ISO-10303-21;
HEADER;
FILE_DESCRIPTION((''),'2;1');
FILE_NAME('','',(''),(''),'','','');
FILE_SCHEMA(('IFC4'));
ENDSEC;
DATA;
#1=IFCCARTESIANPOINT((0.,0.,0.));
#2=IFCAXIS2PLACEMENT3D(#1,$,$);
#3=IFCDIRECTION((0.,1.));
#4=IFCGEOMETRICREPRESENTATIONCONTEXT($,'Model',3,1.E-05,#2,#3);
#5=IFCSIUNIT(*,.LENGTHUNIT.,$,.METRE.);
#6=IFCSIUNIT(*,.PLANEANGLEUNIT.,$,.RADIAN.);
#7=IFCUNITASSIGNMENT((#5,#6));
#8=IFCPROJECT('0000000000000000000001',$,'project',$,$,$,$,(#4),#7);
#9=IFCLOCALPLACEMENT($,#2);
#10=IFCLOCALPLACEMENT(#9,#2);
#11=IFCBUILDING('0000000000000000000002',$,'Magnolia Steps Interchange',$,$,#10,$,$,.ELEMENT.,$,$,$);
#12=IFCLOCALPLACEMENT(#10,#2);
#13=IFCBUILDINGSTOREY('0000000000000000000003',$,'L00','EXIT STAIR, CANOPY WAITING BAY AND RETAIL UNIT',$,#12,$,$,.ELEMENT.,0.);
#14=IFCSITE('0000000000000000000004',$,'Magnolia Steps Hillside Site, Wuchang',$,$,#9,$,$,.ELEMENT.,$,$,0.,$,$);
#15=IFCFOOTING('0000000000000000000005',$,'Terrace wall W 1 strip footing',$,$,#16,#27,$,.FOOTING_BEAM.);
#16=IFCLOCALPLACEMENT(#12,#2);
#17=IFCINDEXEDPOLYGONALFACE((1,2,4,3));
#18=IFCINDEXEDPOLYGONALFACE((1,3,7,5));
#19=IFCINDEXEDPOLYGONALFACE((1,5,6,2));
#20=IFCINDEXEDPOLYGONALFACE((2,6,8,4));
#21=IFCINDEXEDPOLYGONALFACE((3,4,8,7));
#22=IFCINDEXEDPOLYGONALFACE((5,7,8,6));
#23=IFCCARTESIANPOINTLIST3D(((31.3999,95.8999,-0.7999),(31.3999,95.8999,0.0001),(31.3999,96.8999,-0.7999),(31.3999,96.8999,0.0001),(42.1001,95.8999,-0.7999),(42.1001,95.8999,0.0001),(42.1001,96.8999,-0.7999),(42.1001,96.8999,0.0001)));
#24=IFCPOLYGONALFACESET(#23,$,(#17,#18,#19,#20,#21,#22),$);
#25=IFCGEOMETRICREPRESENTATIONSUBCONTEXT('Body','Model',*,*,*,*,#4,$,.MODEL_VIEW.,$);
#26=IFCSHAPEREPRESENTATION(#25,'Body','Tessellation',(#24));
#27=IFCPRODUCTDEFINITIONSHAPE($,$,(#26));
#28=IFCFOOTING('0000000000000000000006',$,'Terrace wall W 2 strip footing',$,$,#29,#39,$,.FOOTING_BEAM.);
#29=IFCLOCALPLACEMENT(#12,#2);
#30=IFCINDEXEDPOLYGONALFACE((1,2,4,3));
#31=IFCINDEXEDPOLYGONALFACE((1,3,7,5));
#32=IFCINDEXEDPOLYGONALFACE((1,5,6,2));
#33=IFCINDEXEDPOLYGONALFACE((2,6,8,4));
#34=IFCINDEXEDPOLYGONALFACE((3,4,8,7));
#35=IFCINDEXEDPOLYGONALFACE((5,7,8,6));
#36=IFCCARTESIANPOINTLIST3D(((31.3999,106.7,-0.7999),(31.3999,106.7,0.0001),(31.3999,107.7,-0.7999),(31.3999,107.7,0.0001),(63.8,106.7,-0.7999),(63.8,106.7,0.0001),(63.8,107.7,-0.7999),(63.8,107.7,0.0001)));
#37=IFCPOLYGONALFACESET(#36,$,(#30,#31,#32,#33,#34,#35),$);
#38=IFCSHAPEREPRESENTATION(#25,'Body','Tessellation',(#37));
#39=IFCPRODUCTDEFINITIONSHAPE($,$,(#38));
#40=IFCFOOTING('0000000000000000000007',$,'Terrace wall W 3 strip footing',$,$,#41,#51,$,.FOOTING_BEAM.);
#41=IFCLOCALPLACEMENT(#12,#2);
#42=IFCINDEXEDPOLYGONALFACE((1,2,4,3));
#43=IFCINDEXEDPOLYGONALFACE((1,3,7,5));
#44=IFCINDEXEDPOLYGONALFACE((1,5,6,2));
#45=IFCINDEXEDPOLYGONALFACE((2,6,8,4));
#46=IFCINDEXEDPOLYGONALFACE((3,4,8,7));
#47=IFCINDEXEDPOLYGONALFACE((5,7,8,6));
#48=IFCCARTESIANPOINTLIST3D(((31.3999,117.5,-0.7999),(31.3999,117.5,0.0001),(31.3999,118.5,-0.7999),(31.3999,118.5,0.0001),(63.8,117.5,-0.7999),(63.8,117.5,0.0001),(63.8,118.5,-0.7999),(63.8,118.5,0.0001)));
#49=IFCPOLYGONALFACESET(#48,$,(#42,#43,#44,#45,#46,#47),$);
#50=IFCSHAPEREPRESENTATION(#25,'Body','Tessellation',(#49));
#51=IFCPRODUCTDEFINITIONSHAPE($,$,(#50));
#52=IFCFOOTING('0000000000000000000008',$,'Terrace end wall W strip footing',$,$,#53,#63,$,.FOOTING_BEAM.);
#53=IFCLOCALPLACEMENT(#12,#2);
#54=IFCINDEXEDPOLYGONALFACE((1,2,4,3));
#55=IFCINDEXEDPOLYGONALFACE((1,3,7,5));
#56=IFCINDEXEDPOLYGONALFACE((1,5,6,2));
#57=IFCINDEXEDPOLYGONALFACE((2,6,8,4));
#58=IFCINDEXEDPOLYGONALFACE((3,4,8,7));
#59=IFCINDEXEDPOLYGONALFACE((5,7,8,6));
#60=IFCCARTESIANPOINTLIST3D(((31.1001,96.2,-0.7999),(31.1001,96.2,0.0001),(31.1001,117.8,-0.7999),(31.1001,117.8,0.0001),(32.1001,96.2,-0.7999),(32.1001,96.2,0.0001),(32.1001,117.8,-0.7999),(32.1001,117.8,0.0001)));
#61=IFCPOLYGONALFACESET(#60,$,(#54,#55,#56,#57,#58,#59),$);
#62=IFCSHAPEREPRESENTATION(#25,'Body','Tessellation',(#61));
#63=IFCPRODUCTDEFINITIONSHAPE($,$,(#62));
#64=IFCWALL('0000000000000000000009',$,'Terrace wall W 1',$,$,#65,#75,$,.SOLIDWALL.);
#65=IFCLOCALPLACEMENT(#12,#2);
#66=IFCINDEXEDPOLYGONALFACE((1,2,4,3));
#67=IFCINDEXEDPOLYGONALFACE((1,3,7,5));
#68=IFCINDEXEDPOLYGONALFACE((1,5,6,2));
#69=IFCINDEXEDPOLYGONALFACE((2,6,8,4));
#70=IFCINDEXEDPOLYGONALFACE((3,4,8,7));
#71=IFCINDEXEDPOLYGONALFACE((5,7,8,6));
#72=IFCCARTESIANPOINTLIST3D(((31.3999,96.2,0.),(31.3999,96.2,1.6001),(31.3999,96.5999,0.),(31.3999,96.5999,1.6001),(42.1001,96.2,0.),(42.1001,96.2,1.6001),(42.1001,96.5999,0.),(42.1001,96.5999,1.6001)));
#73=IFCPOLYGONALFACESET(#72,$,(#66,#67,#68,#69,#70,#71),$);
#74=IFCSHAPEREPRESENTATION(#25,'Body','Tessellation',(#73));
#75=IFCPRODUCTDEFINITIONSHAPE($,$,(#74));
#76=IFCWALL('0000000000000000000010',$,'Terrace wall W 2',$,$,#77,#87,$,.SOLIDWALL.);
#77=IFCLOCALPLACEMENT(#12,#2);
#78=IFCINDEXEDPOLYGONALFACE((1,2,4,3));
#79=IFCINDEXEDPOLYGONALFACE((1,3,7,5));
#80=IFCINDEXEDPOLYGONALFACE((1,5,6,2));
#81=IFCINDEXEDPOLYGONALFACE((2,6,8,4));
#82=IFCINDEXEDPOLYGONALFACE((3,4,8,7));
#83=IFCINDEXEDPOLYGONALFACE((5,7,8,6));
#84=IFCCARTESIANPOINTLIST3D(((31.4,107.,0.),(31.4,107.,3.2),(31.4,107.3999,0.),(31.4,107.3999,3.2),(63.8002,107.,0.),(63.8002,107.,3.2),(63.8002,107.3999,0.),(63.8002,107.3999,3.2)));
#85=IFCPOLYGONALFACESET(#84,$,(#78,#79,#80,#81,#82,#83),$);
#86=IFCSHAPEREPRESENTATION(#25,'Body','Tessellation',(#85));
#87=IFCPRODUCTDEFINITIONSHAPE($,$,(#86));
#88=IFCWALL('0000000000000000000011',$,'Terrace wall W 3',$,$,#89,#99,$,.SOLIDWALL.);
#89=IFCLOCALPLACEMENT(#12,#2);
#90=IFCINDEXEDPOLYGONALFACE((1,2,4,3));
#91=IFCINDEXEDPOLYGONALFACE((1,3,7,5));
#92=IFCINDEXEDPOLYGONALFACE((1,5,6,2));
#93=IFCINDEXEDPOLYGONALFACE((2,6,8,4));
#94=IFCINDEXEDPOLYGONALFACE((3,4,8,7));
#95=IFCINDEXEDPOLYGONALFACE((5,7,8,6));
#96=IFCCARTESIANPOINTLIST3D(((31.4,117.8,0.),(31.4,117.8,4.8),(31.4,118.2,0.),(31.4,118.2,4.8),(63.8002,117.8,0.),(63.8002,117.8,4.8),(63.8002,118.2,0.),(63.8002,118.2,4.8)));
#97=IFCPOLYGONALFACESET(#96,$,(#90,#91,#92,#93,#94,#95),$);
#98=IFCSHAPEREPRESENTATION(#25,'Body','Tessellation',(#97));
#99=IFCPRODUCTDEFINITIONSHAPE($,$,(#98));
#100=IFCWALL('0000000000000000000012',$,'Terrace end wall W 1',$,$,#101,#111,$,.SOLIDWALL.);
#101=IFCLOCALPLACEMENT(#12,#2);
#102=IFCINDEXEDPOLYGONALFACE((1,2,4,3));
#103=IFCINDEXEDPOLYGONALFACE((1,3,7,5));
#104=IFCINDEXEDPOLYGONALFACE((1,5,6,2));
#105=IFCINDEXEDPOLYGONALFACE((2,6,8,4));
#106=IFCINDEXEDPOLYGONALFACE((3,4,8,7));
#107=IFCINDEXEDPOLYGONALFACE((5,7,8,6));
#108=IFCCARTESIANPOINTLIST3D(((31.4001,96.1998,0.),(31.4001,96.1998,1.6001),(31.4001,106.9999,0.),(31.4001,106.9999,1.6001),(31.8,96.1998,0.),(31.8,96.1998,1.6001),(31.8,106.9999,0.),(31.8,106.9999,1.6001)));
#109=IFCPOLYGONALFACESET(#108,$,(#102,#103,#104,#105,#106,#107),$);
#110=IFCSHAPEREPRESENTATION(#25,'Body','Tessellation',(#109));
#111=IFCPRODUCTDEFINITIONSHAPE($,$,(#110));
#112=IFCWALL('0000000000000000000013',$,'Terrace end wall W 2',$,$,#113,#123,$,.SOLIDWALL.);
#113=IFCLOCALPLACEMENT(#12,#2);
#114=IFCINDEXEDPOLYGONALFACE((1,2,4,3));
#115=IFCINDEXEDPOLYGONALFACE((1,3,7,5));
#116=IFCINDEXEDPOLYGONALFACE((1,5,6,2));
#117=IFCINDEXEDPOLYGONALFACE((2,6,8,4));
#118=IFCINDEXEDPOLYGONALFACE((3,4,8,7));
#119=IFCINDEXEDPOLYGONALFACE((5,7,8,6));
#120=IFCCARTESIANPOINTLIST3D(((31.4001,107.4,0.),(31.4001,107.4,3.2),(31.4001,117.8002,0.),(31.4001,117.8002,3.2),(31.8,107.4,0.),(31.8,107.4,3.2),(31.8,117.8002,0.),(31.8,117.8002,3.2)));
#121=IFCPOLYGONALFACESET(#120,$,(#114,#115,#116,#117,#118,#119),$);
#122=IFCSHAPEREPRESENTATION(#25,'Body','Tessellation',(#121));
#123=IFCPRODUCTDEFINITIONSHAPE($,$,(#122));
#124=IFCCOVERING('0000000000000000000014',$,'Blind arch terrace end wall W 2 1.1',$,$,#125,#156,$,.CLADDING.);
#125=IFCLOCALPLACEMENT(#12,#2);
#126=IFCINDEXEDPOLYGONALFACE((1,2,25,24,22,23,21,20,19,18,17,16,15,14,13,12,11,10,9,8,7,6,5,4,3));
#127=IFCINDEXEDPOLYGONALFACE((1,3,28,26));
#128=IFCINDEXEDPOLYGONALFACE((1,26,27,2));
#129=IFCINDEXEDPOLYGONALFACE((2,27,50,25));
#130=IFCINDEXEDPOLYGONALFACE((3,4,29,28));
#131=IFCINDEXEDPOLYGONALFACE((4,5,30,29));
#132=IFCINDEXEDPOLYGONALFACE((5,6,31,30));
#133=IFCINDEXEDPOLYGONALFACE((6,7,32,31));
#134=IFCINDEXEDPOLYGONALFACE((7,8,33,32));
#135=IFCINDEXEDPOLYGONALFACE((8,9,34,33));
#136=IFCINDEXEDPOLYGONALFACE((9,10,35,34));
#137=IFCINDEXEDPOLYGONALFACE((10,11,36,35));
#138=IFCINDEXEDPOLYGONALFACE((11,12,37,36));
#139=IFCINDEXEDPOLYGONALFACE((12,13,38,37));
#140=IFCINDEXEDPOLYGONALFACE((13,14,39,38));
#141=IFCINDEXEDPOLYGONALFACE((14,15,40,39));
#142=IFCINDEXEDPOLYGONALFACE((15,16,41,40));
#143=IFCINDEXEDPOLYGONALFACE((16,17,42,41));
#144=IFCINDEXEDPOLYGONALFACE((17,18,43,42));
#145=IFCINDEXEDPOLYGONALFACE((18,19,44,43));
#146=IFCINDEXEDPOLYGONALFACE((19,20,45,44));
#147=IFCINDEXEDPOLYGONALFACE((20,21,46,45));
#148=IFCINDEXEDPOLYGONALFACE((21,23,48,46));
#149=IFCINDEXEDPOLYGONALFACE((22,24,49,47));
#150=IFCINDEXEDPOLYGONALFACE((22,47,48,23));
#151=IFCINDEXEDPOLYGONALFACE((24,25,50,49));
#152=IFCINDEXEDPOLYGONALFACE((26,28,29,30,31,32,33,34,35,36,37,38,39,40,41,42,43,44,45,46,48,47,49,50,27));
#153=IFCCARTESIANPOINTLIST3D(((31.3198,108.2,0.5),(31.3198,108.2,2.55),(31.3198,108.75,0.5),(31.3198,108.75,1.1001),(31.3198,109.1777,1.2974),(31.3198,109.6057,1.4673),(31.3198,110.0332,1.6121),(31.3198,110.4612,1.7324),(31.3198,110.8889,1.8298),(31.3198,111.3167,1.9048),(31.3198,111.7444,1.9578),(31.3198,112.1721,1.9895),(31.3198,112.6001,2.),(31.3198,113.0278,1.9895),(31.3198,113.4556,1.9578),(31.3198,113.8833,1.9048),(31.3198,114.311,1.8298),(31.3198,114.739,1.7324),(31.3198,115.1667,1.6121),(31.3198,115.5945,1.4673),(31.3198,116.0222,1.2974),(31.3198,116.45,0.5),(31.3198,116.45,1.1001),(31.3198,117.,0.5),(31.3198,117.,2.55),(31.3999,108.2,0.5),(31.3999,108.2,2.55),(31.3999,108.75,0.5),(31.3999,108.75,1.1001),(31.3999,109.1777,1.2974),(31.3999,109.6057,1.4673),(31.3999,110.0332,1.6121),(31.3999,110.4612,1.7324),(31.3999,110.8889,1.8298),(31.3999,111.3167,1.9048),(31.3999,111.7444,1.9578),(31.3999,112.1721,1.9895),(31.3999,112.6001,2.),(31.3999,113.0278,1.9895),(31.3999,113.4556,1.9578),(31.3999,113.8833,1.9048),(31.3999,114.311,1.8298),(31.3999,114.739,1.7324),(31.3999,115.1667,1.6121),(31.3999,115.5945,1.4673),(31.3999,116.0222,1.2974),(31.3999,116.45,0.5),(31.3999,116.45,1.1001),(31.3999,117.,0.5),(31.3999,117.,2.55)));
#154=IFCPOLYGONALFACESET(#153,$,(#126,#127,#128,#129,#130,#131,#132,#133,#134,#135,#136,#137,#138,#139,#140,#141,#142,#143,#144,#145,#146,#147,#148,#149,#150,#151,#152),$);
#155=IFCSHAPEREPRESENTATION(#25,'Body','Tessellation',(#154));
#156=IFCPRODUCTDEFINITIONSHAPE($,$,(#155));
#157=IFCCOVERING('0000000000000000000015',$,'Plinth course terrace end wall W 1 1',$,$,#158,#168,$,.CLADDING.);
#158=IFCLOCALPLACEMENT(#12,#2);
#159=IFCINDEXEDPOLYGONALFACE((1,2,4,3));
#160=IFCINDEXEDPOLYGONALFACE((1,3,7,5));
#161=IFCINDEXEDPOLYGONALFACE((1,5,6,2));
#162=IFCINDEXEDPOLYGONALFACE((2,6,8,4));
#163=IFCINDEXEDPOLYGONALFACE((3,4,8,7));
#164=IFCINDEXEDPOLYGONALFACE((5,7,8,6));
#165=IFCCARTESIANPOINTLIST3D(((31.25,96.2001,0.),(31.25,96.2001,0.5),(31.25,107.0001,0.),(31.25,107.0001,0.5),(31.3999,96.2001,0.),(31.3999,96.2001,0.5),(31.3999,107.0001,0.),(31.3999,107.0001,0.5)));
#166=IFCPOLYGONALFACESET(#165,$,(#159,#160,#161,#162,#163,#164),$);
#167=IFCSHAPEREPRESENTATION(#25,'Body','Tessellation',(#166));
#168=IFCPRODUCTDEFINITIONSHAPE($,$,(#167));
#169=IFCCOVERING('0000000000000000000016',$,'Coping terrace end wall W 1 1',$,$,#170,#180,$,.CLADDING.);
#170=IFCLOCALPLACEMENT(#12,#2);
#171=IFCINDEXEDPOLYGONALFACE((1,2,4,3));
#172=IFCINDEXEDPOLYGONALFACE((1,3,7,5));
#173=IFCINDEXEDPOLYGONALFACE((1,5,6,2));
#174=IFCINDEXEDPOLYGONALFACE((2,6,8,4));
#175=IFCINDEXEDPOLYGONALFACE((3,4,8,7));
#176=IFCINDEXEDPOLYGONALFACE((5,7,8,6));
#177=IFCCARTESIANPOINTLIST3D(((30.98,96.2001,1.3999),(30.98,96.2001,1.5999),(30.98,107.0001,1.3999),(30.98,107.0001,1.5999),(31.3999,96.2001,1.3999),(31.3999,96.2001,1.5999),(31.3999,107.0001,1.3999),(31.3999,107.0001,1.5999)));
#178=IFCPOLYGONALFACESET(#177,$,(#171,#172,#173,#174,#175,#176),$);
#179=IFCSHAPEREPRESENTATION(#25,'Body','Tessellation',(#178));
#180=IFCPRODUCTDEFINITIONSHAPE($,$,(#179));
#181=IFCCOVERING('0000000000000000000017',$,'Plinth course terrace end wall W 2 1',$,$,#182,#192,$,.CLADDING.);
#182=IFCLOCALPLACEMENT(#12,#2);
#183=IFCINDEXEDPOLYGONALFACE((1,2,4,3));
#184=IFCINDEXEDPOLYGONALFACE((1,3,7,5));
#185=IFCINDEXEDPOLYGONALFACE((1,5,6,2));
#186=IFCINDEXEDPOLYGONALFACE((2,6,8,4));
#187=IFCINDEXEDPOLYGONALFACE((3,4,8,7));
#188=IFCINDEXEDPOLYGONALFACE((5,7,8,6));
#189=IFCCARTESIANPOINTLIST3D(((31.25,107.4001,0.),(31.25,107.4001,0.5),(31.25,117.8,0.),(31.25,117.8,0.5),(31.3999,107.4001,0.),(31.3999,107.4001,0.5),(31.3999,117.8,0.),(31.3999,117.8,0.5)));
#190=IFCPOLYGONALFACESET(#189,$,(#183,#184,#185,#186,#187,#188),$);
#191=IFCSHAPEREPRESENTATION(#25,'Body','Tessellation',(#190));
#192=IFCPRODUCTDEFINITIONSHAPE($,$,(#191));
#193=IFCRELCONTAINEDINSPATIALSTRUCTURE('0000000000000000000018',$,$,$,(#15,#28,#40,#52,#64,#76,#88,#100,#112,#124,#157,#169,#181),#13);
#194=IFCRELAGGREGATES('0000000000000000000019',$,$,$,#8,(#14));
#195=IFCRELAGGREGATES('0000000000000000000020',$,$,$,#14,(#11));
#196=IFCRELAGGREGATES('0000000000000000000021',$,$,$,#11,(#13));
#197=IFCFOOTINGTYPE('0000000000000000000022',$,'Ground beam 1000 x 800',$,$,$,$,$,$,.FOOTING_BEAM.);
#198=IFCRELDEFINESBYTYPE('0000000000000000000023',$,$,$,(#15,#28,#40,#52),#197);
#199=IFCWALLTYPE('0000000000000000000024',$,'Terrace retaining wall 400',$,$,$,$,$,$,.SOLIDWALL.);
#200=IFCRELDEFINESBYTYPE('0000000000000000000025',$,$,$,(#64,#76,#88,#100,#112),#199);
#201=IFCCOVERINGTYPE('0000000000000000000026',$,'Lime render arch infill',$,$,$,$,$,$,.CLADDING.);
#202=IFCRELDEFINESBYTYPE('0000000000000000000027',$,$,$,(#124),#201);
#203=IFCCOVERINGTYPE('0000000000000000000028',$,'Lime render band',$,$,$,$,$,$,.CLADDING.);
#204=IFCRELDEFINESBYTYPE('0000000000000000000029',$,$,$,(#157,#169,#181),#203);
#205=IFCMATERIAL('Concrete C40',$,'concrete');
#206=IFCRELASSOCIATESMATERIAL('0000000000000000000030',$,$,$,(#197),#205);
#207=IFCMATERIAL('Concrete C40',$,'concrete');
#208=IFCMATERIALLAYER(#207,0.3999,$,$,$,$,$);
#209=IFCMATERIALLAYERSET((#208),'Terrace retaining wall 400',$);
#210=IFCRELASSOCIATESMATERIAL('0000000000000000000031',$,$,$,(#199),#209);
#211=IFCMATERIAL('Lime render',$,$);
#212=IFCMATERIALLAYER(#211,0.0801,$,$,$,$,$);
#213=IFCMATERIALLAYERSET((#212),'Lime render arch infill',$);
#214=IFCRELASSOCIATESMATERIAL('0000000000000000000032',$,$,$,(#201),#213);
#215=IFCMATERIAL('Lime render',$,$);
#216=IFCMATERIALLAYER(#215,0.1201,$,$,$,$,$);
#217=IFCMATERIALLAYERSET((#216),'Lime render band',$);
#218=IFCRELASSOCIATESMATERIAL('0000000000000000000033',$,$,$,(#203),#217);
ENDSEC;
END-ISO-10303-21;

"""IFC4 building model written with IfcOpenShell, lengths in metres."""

from ifc_helpers import new_model, si_unit, direction, frame, frame_2d, origin, origin_2d, place, context, subcontext, project, spatial, polyline, rectangle, outline, extrude, material, layer, layer_set, material_profile, profile_set, type_object, element, save


model = new_model("IFC4")

# Units and contexts
model_context = context("Model", 3, precision=1e-05, world=origin(), true_north=direction((0.0, 1.0)))
body_context = subcontext(model_context, "Body", "Model", "MODEL_VIEW")
ifc_project = project(units=[si_unit("LENGTHUNIT", "METRE"), si_unit("PLANEANGLEUNIT", "RADIAN")], contexts=[model_context])

# Site, building, storey
site_placement = place(None, origin())
site = spatial("IfcSite", under=ifc_project, at=site_placement, Name="Magnolia Steps Hillside Site, Wuchang", CompositionType="ELEMENT", RefElevation=0.0)
building_placement = place(site_placement, origin())
building = spatial("IfcBuilding", under=site, at=building_placement, Name="Magnolia Steps Interchange", CompositionType="ELEMENT")
storey_placement = place(building_placement, origin())
storey = spatial("IfcBuildingStorey", under=building, at=storey_placement, Name="L00", Description="EXIT STAIR, CANOPY WAITING BAY AND RETAIL UNIT", CompositionType="ELEMENT", Elevation=0.0)

# Footings
ifc_material_1 = material(Name="Concrete C40", Category="concrete")
ifc_material_profile = material_profile(ifc_material_1, rectangle(XDim=1.0, YDim=0.8, at=origin_2d()), Name="RC1000x800")
ifc_profile_set = profile_set([ifc_material_profile], Name="Concrete C40")
footing_type = type_object("IfcFootingType", Name="Ground beam 1000 x 800", PredefinedType="FOOTING_BEAM", material=ifc_profile_set)
footing_1_placement = place(storey_placement, frame((31.3999, 96.3999, -0.3999), z_axis=(1.0, 0.0, 0.0), x_axis=(0.0, 1.0, 0.0)))
element("IfcFooting", 1, at=footing_1_placement, inside=storey, type_object=footing_type, Name="Terrace wall W 1 strip footing", PredefinedType="FOOTING_BEAM", context=body_context, shape_type="SweptSolid", body=[
    extrude(rectangle(XDim=1.0, YDim=0.8, at=origin_2d()), origin(), (0.0, 0.0, 1.0), 10.7002),
])
for number, where, z_axis, x_axis, name in (
    (2, (31.3999, 107.2, -0.3999), (1.0, 0.0, 0.0), (0.0, 1.0, 0.0), "Terrace wall W 2 strip footing"),
    (3, (31.3999, 118.0, -0.3999), (1.0, 0.0, 0.0), (0.0, 1.0, 0.0), "Terrace wall W 3 strip footing"),
):
    element("IfcFooting", number, at=place(storey_placement, frame(where, z_axis=z_axis, x_axis=x_axis)), inside=storey, type_object=footing_type, Name=name, PredefinedType="FOOTING_BEAM", context=body_context, shape_type="SweptSolid", body=[
        extrude(rectangle(XDim=1.0, YDim=0.8, at=origin_2d()), origin(), (0.0, 0.0, 1.0), 32.4001),
    ])
footing_2_placement = place(storey_placement, frame((31.6001, 96.2, -0.3999), z_axis=(0.0, 1.0, 0.0), x_axis=(-1.0, 0.0, 0.0)))
element("IfcFooting", 4, at=footing_2_placement, inside=storey, type_object=footing_type, Name="Terrace end wall W strip footing", PredefinedType="FOOTING_BEAM", context=body_context, shape_type="SweptSolid", body=[
    extrude(rectangle(XDim=1.0, YDim=0.8, at=origin_2d()), origin(), (0.0, 0.0, 1.0), 21.6001),
])

# Walls
ifc_material_2 = material(Name="Concrete C40", Category="concrete")
ifc_layer_1 = layer(ifc_material_2, 0.3999)
ifc_layer_set_1 = layer_set([ifc_layer_1], Name="Terrace retaining wall 400")
wall_type = type_object("IfcWallType", Name="Terrace retaining wall 400", PredefinedType="SOLIDWALL", material=ifc_layer_set_1)
wall_1_placement = place(storey_placement, frame((31.3999, 96.3999, 0.0), z_axis=(0.0, 0.0, 1.0), x_axis=(1.0, 0.0, 0.0)))
element("IfcWall", 5, at=wall_1_placement, inside=storey, type_object=wall_type, Name="Terrace wall W 1", PredefinedType="SOLIDWALL", context=body_context, shape_type="SweptSolid", body=[
    extrude(rectangle(XDim=10.7002, YDim=0.3999, at=frame_2d((5.3501, 0.0))), origin(), (0.0, 0.0, 1.0), 1.6001),
])
wall_2_placement = place(storey_placement, frame((31.3999, 107.2, 0.0), z_axis=(0.0, 0.0, 1.0), x_axis=(1.0, 0.0, 0.0)))
element("IfcWall", 6, at=wall_2_placement, inside=storey, type_object=wall_type, Name="Terrace wall W 2", PredefinedType="SOLIDWALL", context=body_context, shape_type="SweptSolid", body=[
    extrude(rectangle(XDim=32.4001, YDim=0.3999, at=frame_2d((16.2002, 0.0))), origin(), (0.0, 0.0, 1.0), 3.2),
])
wall_3_placement = place(storey_placement, frame((31.3999, 118.0, 0.0), z_axis=(0.0, 0.0, 1.0), x_axis=(1.0, 0.0, 0.0)))
element("IfcWall", 7, at=wall_3_placement, inside=storey, type_object=wall_type, Name="Terrace wall W 3", PredefinedType="SOLIDWALL", context=body_context, shape_type="SweptSolid", body=[
    extrude(rectangle(XDim=32.4001, YDim=0.3999, at=frame_2d((16.2002, 0.0))), origin(), (0.0, 0.0, 1.0), 4.8),
])
wall_4_placement = place(storey_placement, frame((31.6001, 96.2, 0.0), z_axis=(0.0, 0.0, 1.0), x_axis=(0.0, 1.0, 0.0)))
element("IfcWall", 8, at=wall_4_placement, inside=storey, type_object=wall_type, Name="Terrace end wall W 1", PredefinedType="SOLIDWALL", context=body_context, shape_type="SweptSolid", body=[
    extrude(rectangle(XDim=10.8, YDim=0.3999, at=frame_2d((5.3999, 0.0))), origin(), (0.0, 0.0, 1.0), 1.6001),
])
wall_5_placement = place(storey_placement, frame((31.6001, 107.3999, 0.0), z_axis=(0.0, 0.0, 1.0), x_axis=(0.0, 1.0, 0.0)))
element("IfcWall", 9, at=wall_5_placement, inside=storey, type_object=wall_type, Name="Terrace end wall W 2", PredefinedType="SOLIDWALL", context=body_context, shape_type="SweptSolid", body=[
    extrude(rectangle(XDim=10.4001, YDim=0.3999, at=frame_2d((5.2002, 0.0))), origin(), (0.0, 0.0, 1.0), 3.2),
])

# Coverings
ifc_material_3 = material(Name="Lime render")
ifc_layer_2 = layer(ifc_material_3, 0.0801)
ifc_layer_set_2 = layer_set([ifc_layer_2], Name="Lime render arch infill")
covering_type_1 = type_object("IfcCoveringType", Name="Lime render arch infill", PredefinedType="CLADDING", material=ifc_layer_set_2)
covering_1_placement = place(storey_placement, frame((31.3999, 108.75, 0.5), z_axis=(1.0, 0.0, 0.0), x_axis=(0.0, 0.0, 1.0)))
element("IfcCovering", 10, at=covering_1_placement, inside=storey, type_object=covering_type_1, Name="Blind arch terrace end wall W 2 1.1", PredefinedType="CLADDING", context=body_context, shape_type="SweptSolid", body=[
    extrude(outline(polyline([(0.0, 0.0), (0.6001, 0.0), (0.7974, -0.4277), (0.9673, -0.8557), (1.1121, -1.2832), (1.2324, -1.7112), (1.3298, -2.1389), (1.4048, -2.5667), (1.4578, -2.9944), (1.4895, -3.4221), (1.5, -3.8501), (1.4895, -4.2778), (1.4578, -4.7056), (1.4048, -5.1333), (1.3298, -5.561), (1.2324, -5.989), (1.1121, -6.4167), (0.9673, -6.8445), (0.7974, -7.2722), (0.6001, -7.7), (0.0, -7.7), (0.0, -8.25), (2.05, -8.25), (2.05, 0.55), (0.0, 0.55), (0.0, 0.0)])), origin(), (0.0, 0.0, -1.0), 0.0801),
])
ifc_material_4 = material(Name="Lime render")
ifc_layer_3 = layer(ifc_material_4, 0.1201)
ifc_layer_set_3 = layer_set([ifc_layer_3], Name="Lime render band")
covering_type_2 = type_object("IfcCoveringType", Name="Lime render band", PredefinedType="CLADDING", material=ifc_layer_set_3)
covering_2_placement = place(storey_placement, frame((31.325, 101.6001, 0.0), z_axis=(0.0, 0.0, 1.0), x_axis=(1.0, 0.0, 0.0)))
element("IfcCovering", 11, at=covering_2_placement, inside=storey, type_object=covering_type_2, Name="Plinth course terrace end wall W 1 1", PredefinedType="CLADDING", context=body_context, shape_type="SweptSolid", body=[
    extrude(rectangle(XDim=0.1499, YDim=10.8, at=origin_2d()), origin(), (0.0, 0.0, 1.0), 0.5),
])
covering_3_placement = place(storey_placement, frame((31.1899, 101.6001, 1.3999), z_axis=(0.0, 0.0, 1.0), x_axis=(1.0, 0.0, 0.0)))
element("IfcCovering", 12, at=covering_3_placement, inside=storey, type_object=covering_type_2, Name="Coping terrace end wall W 1 1", PredefinedType="CLADDING", context=body_context, shape_type="SweptSolid", body=[
    extrude(rectangle(XDim=0.4199, YDim=10.8, at=origin_2d()), origin(), (0.0, 0.0, 1.0), 0.2),
])
covering_4_placement = place(storey_placement, frame((31.325, 112.6001, 0.0), z_axis=(0.0, 0.0, 1.0), x_axis=(1.0, 0.0, 0.0)))
element("IfcCovering", 13, at=covering_4_placement, inside=storey, type_object=covering_type_2, Name="Plinth course terrace end wall W 2 1", PredefinedType="CLADDING", context=body_context, shape_type="SweptSolid", body=[
    extrude(rectangle(XDim=0.1499, YDim=10.3999, at=origin_2d()), origin(), (0.0, 0.0, 1.0), 0.5),
])

save(model, "model.ifc")
